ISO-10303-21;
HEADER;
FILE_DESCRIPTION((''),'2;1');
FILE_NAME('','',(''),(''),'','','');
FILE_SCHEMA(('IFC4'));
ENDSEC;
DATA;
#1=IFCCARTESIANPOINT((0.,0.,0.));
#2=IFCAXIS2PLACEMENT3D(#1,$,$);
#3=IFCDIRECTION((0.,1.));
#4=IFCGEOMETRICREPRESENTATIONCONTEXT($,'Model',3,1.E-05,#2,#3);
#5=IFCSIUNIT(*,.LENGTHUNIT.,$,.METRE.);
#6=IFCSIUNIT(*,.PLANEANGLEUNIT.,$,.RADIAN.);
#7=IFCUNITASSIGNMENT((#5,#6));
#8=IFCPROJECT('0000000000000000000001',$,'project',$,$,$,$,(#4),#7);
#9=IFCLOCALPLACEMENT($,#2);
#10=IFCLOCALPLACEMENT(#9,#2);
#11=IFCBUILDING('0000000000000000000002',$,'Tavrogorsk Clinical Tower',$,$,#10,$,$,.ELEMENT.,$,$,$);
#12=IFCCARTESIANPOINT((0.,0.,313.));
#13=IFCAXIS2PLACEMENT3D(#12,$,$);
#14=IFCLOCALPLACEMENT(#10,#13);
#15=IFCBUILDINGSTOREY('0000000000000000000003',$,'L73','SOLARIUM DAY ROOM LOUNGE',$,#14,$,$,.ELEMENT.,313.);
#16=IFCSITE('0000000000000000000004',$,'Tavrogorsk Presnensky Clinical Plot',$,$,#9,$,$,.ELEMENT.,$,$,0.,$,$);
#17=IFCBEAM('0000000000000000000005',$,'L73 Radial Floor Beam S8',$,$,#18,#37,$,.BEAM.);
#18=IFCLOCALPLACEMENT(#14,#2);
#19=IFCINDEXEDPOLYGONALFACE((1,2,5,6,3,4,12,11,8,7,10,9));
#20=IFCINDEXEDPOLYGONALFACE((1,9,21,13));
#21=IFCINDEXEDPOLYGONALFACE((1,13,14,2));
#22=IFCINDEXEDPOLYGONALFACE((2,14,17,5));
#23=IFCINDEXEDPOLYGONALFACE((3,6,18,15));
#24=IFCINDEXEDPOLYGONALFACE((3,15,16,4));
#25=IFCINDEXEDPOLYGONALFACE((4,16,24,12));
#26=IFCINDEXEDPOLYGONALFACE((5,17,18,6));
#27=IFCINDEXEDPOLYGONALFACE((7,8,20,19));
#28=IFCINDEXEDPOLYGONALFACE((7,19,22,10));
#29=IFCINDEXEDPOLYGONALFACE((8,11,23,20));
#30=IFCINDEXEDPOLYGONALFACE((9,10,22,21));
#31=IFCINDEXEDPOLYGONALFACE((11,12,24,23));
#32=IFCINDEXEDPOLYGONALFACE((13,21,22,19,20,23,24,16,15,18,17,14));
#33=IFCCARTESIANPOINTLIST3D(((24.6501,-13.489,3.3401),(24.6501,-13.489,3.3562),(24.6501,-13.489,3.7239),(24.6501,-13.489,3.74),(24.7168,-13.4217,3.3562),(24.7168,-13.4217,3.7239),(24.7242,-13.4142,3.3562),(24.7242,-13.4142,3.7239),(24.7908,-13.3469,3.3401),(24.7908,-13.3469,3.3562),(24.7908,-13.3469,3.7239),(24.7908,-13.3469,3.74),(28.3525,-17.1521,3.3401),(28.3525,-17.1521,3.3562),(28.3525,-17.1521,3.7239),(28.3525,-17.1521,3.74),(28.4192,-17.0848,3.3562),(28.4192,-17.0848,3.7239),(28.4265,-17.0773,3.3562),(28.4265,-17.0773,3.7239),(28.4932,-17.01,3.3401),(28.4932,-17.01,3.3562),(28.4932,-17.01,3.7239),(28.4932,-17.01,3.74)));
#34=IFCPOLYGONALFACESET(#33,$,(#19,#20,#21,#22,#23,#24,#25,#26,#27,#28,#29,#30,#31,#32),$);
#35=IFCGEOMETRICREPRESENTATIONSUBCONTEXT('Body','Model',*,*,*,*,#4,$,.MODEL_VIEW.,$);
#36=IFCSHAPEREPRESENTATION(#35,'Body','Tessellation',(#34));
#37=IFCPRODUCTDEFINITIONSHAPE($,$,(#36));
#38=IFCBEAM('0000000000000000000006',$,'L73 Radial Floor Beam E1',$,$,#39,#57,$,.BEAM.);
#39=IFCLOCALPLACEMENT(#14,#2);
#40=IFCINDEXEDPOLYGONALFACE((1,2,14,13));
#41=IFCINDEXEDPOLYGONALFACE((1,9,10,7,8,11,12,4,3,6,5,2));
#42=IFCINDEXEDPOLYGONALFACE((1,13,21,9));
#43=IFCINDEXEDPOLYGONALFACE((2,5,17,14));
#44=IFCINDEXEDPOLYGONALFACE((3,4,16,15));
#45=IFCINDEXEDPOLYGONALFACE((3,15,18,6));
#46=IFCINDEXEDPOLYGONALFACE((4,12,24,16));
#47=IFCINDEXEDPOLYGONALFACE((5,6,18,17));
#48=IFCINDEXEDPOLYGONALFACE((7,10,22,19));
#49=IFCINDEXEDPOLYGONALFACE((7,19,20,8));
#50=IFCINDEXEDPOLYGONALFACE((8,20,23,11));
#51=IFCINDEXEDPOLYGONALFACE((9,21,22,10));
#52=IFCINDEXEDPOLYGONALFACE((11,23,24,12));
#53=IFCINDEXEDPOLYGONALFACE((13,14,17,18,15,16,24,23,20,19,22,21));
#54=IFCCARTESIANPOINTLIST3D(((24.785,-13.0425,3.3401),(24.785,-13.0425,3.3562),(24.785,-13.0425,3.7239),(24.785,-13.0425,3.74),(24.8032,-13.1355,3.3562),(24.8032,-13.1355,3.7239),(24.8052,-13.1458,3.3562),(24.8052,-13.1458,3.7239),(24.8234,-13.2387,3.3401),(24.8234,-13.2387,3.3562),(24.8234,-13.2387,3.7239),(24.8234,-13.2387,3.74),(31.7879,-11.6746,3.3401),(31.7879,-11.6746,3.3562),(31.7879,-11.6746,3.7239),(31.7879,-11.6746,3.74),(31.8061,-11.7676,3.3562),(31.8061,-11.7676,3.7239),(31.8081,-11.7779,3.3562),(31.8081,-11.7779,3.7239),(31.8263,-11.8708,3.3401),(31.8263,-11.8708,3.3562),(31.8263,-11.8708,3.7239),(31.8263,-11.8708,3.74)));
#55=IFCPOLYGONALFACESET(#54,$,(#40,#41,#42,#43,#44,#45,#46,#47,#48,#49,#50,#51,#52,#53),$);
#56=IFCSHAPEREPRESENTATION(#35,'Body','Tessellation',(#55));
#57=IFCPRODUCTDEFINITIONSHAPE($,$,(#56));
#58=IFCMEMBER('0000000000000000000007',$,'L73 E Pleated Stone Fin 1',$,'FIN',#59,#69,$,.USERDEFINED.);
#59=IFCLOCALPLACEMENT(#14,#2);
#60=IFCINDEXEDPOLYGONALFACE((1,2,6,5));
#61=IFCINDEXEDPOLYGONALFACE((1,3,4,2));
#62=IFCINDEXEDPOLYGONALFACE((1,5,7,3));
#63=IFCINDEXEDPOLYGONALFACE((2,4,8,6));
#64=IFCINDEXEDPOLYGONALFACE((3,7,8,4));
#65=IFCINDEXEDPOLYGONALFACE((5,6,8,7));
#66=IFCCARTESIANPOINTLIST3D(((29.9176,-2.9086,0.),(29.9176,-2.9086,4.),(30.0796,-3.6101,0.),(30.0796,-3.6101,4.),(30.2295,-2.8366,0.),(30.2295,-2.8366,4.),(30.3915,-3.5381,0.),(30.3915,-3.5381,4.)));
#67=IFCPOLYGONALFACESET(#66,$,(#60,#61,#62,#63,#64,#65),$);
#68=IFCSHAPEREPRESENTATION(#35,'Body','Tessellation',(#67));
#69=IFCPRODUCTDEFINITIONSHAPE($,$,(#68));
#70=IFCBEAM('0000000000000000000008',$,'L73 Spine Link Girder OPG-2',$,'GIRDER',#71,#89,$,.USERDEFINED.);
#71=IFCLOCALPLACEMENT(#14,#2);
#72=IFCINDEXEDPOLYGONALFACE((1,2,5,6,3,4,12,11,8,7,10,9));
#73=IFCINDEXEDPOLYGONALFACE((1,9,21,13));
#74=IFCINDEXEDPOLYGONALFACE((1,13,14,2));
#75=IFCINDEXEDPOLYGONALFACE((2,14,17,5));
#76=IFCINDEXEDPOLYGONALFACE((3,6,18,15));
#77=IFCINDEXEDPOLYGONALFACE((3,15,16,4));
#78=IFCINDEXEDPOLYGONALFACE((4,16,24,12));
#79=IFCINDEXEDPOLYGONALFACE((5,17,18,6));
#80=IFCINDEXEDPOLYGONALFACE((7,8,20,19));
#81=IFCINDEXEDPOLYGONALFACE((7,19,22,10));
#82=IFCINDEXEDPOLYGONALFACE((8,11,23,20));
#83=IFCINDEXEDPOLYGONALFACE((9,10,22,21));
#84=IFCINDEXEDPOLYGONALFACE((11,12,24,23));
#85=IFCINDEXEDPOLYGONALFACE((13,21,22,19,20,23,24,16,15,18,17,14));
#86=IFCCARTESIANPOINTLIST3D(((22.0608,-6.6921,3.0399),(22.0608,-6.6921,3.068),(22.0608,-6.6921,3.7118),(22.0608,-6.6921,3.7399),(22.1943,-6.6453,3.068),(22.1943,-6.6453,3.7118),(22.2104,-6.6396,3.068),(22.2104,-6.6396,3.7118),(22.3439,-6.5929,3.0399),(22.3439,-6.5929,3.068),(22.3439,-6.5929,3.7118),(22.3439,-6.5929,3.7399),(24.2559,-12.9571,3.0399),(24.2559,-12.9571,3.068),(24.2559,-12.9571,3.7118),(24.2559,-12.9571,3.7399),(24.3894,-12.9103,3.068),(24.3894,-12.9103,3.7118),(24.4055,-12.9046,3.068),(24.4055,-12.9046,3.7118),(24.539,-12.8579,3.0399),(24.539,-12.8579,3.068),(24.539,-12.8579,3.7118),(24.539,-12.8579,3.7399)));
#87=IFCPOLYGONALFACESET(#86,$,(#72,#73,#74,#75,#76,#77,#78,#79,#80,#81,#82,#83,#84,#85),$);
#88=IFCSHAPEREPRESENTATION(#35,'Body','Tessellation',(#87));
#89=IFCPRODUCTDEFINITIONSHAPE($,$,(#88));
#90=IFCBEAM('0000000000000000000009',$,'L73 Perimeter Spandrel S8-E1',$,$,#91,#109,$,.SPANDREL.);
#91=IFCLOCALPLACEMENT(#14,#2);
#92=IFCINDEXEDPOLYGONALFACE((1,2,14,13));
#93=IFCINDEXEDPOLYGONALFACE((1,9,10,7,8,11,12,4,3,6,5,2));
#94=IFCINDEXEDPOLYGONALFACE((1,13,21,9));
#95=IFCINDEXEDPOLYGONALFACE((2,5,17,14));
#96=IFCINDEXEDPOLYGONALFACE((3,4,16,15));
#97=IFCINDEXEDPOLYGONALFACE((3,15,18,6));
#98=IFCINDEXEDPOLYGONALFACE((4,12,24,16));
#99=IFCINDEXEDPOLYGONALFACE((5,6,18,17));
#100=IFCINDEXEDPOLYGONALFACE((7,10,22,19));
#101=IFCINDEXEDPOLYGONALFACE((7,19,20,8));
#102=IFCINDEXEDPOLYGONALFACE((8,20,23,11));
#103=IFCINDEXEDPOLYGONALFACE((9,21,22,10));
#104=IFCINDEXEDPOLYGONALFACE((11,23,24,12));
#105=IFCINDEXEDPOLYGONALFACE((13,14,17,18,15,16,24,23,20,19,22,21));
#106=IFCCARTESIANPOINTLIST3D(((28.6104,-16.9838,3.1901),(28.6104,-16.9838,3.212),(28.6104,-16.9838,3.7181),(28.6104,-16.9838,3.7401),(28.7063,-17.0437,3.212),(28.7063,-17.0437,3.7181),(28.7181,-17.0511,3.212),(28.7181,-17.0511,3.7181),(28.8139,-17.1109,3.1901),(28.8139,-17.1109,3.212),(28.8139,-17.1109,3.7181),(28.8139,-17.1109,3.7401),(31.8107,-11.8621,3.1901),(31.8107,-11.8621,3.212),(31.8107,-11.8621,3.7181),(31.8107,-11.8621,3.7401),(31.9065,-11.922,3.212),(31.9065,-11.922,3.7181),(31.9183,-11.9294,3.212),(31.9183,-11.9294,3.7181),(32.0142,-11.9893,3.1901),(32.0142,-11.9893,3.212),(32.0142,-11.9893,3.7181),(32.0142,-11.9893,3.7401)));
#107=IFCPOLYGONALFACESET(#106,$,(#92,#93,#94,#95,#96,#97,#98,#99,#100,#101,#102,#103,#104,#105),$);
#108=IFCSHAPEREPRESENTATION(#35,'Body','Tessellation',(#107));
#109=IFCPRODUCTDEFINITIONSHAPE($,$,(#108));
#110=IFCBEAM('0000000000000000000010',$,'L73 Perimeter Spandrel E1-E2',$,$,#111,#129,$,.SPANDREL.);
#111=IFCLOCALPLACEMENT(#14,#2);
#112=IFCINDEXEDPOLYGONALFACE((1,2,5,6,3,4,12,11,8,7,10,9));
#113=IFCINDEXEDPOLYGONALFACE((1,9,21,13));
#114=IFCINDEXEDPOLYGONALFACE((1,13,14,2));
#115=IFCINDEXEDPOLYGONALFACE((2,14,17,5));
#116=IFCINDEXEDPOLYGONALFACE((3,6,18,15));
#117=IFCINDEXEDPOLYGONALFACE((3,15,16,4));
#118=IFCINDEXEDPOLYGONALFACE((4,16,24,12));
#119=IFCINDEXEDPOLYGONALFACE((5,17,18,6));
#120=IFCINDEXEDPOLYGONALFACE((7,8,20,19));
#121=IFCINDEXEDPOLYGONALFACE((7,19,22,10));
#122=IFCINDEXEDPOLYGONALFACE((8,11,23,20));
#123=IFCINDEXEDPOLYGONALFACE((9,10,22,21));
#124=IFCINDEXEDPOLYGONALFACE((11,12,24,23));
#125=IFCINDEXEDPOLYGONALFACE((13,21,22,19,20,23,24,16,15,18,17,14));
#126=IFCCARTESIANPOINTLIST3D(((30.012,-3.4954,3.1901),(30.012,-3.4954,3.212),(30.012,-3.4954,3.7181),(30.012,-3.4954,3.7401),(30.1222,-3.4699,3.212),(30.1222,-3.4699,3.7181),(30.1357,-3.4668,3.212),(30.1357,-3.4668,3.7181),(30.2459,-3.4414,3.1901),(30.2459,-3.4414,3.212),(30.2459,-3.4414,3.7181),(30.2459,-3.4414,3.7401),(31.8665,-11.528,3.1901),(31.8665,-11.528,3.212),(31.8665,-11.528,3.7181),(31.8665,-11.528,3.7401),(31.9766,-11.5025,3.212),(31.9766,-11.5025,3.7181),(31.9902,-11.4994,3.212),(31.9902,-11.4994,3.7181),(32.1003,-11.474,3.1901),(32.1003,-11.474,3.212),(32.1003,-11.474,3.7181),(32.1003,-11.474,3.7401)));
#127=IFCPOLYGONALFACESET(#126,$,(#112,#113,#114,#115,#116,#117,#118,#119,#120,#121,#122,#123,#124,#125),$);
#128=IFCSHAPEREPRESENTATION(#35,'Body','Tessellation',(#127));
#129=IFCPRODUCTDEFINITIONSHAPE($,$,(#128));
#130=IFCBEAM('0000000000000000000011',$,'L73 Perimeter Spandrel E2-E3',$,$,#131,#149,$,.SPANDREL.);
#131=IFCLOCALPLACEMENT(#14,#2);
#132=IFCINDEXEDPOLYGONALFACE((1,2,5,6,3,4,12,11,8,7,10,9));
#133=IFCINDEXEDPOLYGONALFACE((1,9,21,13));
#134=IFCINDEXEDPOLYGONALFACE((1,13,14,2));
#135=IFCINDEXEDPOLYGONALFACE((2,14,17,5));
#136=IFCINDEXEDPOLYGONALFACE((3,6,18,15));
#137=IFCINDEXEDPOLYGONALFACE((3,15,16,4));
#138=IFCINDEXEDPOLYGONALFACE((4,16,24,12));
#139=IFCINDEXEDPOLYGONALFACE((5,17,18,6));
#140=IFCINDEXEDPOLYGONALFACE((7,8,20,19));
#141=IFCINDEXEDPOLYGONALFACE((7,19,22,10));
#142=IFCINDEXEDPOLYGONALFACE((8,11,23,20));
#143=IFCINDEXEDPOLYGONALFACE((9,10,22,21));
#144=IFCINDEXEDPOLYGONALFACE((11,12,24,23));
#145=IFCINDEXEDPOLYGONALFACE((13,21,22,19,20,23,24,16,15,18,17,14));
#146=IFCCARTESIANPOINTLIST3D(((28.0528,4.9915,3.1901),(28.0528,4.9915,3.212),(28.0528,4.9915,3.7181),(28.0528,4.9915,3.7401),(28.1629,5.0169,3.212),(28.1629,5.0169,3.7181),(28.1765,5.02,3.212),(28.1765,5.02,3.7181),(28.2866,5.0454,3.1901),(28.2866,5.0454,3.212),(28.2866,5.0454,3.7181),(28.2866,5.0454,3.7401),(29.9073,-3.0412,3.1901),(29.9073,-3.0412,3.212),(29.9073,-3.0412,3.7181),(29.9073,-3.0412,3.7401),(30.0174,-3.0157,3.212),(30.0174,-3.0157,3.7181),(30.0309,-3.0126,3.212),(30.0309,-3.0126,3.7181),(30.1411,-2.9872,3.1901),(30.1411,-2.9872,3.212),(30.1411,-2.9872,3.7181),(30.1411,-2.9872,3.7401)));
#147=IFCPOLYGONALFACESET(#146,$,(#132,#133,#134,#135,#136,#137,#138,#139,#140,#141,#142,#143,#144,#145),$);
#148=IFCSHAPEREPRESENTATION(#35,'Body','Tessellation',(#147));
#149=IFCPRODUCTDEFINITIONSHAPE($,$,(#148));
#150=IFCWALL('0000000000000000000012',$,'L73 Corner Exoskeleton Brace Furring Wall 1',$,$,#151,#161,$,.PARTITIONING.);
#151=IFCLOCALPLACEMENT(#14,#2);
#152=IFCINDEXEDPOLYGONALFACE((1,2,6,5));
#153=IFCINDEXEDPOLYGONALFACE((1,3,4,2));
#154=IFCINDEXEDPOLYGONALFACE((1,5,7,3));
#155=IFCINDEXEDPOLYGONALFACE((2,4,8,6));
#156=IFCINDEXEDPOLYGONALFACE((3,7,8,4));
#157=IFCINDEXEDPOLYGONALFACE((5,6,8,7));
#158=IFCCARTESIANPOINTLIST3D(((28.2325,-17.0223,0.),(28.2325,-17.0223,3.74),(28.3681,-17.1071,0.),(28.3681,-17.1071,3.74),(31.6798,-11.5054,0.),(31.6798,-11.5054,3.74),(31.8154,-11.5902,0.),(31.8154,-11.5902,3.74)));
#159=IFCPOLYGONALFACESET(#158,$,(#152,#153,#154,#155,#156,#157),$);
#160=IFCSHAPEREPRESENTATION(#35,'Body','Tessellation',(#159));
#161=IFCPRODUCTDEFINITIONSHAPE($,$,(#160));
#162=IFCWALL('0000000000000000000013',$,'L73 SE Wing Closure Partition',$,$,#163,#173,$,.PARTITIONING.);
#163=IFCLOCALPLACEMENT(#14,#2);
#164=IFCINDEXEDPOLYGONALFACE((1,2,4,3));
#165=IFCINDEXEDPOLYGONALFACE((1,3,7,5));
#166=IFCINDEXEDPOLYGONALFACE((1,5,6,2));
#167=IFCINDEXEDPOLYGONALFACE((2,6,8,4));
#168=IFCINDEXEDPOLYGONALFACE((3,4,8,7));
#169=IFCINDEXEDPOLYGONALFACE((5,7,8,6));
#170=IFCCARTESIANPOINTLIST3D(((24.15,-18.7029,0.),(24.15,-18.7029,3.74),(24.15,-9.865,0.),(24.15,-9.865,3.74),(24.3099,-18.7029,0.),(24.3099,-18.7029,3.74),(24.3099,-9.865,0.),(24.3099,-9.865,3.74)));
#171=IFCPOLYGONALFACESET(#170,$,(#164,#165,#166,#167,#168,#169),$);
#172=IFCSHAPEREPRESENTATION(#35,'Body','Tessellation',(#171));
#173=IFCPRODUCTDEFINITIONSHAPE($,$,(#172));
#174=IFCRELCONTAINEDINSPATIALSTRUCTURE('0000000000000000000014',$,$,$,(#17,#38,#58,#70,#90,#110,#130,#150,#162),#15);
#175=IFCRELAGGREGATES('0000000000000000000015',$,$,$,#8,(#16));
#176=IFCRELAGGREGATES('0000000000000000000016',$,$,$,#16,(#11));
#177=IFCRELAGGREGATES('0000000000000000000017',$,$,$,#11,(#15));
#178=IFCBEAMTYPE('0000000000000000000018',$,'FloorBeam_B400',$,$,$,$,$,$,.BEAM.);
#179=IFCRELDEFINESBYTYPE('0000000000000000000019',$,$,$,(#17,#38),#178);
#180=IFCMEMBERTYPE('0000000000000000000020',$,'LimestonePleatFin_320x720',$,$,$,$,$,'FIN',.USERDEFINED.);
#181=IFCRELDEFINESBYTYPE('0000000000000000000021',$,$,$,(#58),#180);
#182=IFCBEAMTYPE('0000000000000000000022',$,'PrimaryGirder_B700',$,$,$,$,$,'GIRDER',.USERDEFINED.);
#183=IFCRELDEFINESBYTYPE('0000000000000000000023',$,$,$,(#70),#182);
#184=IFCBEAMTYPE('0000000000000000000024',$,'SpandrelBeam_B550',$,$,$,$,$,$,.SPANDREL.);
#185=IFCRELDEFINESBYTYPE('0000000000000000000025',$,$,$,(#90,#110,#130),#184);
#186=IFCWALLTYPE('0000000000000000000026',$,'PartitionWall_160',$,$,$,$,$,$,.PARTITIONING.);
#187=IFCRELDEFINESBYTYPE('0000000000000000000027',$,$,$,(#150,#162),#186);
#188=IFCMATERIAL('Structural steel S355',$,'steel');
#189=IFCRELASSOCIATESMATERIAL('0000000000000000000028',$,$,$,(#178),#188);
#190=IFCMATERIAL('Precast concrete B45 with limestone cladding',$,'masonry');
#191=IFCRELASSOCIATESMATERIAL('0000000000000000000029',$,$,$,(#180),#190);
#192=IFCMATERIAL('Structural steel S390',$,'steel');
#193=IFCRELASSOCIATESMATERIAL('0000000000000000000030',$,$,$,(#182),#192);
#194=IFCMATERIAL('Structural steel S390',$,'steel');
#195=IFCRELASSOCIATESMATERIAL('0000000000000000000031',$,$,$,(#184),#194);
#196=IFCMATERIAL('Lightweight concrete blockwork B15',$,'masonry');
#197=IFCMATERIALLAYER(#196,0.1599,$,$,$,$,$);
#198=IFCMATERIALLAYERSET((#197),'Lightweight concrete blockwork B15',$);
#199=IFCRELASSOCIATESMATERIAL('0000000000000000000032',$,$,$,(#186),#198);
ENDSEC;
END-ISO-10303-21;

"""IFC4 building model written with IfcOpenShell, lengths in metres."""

from ifc_helpers import new_model, si_unit, direction, frame, frame_2d, origin, origin_2d, place, context, subcontext, project, spatial, rectangle, i_section, extrude, material, layer, layer_set, material_profile, profile_set, type_object, element, save


model = new_model("IFC4")

# Units and contexts
model_context = context("Model", 3, precision=1e-05, world=origin(), true_north=direction((0.0, 1.0)))
body_context = subcontext(model_context, "Body", "Model", "MODEL_VIEW")
ifc_project = project(units=[si_unit("LENGTHUNIT", "METRE"), si_unit("PLANEANGLEUNIT", "RADIAN")], contexts=[model_context])

# Site, building, storey
site_placement = place(None, origin())
site = spatial("IfcSite", under=ifc_project, at=site_placement, Name="Tavrogorsk Presnensky Clinical Plot", CompositionType="ELEMENT", RefElevation=0.0)
building_placement = place(site_placement, origin())
building = spatial("IfcBuilding", under=site, at=building_placement, Name="Tavrogorsk Clinical Tower", CompositionType="ELEMENT")
storey_placement = place(building_placement, frame((0.0, 0.0, 313.0)))
storey = spatial("IfcBuildingStorey", under=building, at=storey_placement, Name="L73", Description="SOLARIUM DAY ROOM LOUNGE", CompositionType="ELEMENT", Elevation=313.0)

# Beams
ifc_material_1 = material(Name="Structural steel S355", Category="steel")
ifc_material_profile_1 = material_profile(ifc_material_1, i_section(OverallWidth=0.2, OverallDepth=0.3999, WebThickness=0.0105, FlangeThickness=0.0161, at=origin_2d()), Name="B-400x200x10.5x16")
ifc_profile_set_1 = profile_set([ifc_material_profile_1], Name="Structural steel S355")
beam_type_1 = type_object("IfcBeamType", Name="FloorBeam_B400", PredefinedType="BEAM", material=ifc_profile_set_1)
beam_1_placement = place(storey_placement, frame((24.7205, -13.418, 3.54), z_axis=(0.71087, -0.703323, 0.0), x_axis=(0.703323, 0.71087, 0.0)))
element("IfcBeam", 1, at=beam_1_placement, inside=storey, type_object=beam_type_1, Name="L73 Radial Floor Beam S8", PredefinedType="BEAM", context=body_context, shape_type="SweptSolid", body=[
    extrude(i_section(OverallWidth=0.2, OverallDepth=0.3999, WebThickness=0.0105, FlangeThickness=0.0161, at=origin_2d()), origin(), (0.0, 0.0, 1.0), 5.2083),
])
beam_2_placement = place(storey_placement, frame((24.8042, -13.1406, 3.54), z_axis=(0.981451, 0.191712, 0.0), x_axis=(-0.191712, 0.981451, 0.0)))
element("IfcBeam", 2, at=beam_2_placement, inside=storey, type_object=beam_type_1, Name="L73 Radial Floor Beam E1", PredefinedType="BEAM", context=body_context, shape_type="SweptSolid", body=[
    extrude(i_section(OverallWidth=0.2, OverallDepth=0.3999, WebThickness=0.0105, FlangeThickness=0.0161, at=origin_2d()), origin(), (0.0, 0.0, 1.0), 7.1353),
])

# Member
ifc_material_2 = material(Name="Precast concrete B45 with limestone cladding", Category="masonry")
ifc_material_profile_2 = material_profile(ifc_material_2, rectangle(XDim=0.3201, YDim=0.72, at=origin_2d()), Name="LIMESTONE-FIN-320x720")
ifc_profile_set_2 = profile_set([ifc_material_profile_2], Name="Precast concrete B45 with limestone cladding")
member_type_1 = type_object("IfcMemberType", Name="LimestonePleatFin_320x720", ElementType="FIN", PredefinedType="USERDEFINED", material=ifc_profile_set_2)
member_1_placement = place(storey_placement, frame((30.1545, -3.2234, 0.0), z_axis=(0.0, 0.0, 1.0), x_axis=(0.97437, 0.224951, 0.0)))
element("IfcMember", 3, at=member_1_placement, inside=storey, type_object=member_type_1, Name="L73 E Pleated Stone Fin 1", ObjectType="FIN", PredefinedType="USERDEFINED", context=body_context, shape_type="SweptSolid", body=[
    extrude(rectangle(XDim=0.3201, YDim=0.72, at=origin_2d()), origin(), (0.0, 0.0, 1.0), 4.0),
])

# Beams
ifc_material_3 = material(Name="Structural steel S390", Category="steel")
ifc_material_profile_3 = material_profile(ifc_material_3, i_section(OverallWidth=0.3, OverallDepth=0.7, WebThickness=0.0171, FlangeThickness=0.0281, at=origin_2d()), Name="B-700x300x17x28")
ifc_profile_set_3 = profile_set([ifc_material_profile_3], Name="Structural steel S390")
beam_type_2 = type_object("IfcBeamType", Name="PrimaryGirder_B700", ElementType="GIRDER", PredefinedType="USERDEFINED", material=ifc_profile_set_3)
beam_3_placement = place(storey_placement, frame((24.3975, -12.9075, 3.3899), z_axis=(-0.330667, 0.943748, 0.0), x_axis=(-0.943748, -0.330667, 0.0)))
element("IfcBeam", 4, at=beam_3_placement, inside=storey, type_object=beam_type_2, Name="L73 Spine Link Girder OPG-2", ObjectType="GIRDER", PredefinedType="USERDEFINED", context=body_context, shape_type="SweptSolid", body=[
    extrude(i_section(OverallWidth=0.3, OverallDepth=0.7, WebThickness=0.0171, FlangeThickness=0.0281, at=origin_2d()), origin(), (0.0, 0.0, 1.0), 6.6384),
])
ifc_material_4 = material(Name="Structural steel S390", Category="steel")
ifc_material_profile_4 = material_profile(ifc_material_4, i_section(OverallWidth=0.24, OverallDepth=0.55, WebThickness=0.0139, FlangeThickness=0.022, at=origin_2d()), Name="B-550x240x14x22")
ifc_profile_set_4 = profile_set([ifc_material_profile_4], Name="Structural steel S390")
beam_type_3 = type_object("IfcBeamType", Name="SpandrelBeam_B550", PredefinedType="SPANDREL", material=ifc_profile_set_4)
beam_4_placement = place(storey_placement, frame((28.7122, -17.0474, 3.4651), z_axis=(0.529904, 0.848057, 0.0), x_axis=(-0.848057, 0.529904, 0.0)))
element("IfcBeam", 5, at=beam_4_placement, inside=storey, type_object=beam_type_3, Name="L73 Perimeter Spandrel S8-E1", PredefinedType="SPANDREL", context=body_context, shape_type="SweptSolid", body=[
    extrude(i_section(OverallWidth=0.24, OverallDepth=0.55, WebThickness=0.0139, FlangeThickness=0.022, at=origin_2d()), origin(), (0.0, 0.0, 1.0), 6.0393),
])
for number, where, z_axis, x_axis, name in (
    (6, (31.9834, -11.501, 3.4651), (-0.22495, 0.97437, 0.0), (-0.97437, -0.22495, 0.0), "L73 Perimeter Spandrel E1-E2"),
    (7, (30.0242, -3.0142, 3.4651), (-0.22495, 0.97437, 0.0), (-0.97437, -0.22495, 0.0), "L73 Perimeter Spandrel E2-E3"),
):
    element("IfcBeam", number, at=place(storey_placement, frame(where, z_axis=z_axis, x_axis=x_axis)), inside=storey, type_object=beam_type_3, Name=name, PredefinedType="SPANDREL", context=body_context, shape_type="SweptSolid", body=[
        extrude(i_section(OverallWidth=0.24, OverallDepth=0.55, WebThickness=0.0139, FlangeThickness=0.022, at=origin_2d()), origin(), (0.0, 0.0, 1.0), 8.2439),
    ])

# Walls
ifc_material_5 = material(Name="Lightweight concrete blockwork B15", Category="masonry")
ifc_layer_1 = layer(ifc_material_5, 0.1599)
ifc_layer_set_1 = layer_set([ifc_layer_1], Name="Lightweight concrete blockwork B15")
wall_type_1 = type_object("IfcWallType", Name="PartitionWall_160", PredefinedType="PARTITIONING", material=ifc_layer_set_1)
wall_1_placement = place(storey_placement, frame((28.3003, -17.0647, 0.0), z_axis=(0.0, 0.0, 1.0), x_axis=(0.529915, 0.848051, 0.0)))
element("IfcWall", 8, at=wall_1_placement, inside=storey, type_object=wall_type_1, Name="L73 Corner Exoskeleton Brace Furring Wall 1", PredefinedType="PARTITIONING", context=body_context, shape_type="SweptSolid", body=[
    extrude(rectangle(XDim=6.5054, YDim=0.1599, at=frame_2d((3.2527, 0.0))), origin(), (0.0, 0.0, 1.0), 3.74),
])
wall_2_placement = place(storey_placement, frame((24.23, -18.7029, 0.0), z_axis=(0.0, 0.0, 1.0), x_axis=(0.0, 1.0, 0.0)))
element("IfcWall", 9, at=wall_2_placement, inside=storey, type_object=wall_type_1, Name="L73 SE Wing Closure Partition", PredefinedType="PARTITIONING", context=body_context, shape_type="SweptSolid", body=[
    extrude(rectangle(XDim=8.8379, YDim=0.1599, at=frame_2d((4.4189, 0.0))), origin(), (0.0, 0.0, 1.0), 3.74),
])

save(model, "model.ifc")
